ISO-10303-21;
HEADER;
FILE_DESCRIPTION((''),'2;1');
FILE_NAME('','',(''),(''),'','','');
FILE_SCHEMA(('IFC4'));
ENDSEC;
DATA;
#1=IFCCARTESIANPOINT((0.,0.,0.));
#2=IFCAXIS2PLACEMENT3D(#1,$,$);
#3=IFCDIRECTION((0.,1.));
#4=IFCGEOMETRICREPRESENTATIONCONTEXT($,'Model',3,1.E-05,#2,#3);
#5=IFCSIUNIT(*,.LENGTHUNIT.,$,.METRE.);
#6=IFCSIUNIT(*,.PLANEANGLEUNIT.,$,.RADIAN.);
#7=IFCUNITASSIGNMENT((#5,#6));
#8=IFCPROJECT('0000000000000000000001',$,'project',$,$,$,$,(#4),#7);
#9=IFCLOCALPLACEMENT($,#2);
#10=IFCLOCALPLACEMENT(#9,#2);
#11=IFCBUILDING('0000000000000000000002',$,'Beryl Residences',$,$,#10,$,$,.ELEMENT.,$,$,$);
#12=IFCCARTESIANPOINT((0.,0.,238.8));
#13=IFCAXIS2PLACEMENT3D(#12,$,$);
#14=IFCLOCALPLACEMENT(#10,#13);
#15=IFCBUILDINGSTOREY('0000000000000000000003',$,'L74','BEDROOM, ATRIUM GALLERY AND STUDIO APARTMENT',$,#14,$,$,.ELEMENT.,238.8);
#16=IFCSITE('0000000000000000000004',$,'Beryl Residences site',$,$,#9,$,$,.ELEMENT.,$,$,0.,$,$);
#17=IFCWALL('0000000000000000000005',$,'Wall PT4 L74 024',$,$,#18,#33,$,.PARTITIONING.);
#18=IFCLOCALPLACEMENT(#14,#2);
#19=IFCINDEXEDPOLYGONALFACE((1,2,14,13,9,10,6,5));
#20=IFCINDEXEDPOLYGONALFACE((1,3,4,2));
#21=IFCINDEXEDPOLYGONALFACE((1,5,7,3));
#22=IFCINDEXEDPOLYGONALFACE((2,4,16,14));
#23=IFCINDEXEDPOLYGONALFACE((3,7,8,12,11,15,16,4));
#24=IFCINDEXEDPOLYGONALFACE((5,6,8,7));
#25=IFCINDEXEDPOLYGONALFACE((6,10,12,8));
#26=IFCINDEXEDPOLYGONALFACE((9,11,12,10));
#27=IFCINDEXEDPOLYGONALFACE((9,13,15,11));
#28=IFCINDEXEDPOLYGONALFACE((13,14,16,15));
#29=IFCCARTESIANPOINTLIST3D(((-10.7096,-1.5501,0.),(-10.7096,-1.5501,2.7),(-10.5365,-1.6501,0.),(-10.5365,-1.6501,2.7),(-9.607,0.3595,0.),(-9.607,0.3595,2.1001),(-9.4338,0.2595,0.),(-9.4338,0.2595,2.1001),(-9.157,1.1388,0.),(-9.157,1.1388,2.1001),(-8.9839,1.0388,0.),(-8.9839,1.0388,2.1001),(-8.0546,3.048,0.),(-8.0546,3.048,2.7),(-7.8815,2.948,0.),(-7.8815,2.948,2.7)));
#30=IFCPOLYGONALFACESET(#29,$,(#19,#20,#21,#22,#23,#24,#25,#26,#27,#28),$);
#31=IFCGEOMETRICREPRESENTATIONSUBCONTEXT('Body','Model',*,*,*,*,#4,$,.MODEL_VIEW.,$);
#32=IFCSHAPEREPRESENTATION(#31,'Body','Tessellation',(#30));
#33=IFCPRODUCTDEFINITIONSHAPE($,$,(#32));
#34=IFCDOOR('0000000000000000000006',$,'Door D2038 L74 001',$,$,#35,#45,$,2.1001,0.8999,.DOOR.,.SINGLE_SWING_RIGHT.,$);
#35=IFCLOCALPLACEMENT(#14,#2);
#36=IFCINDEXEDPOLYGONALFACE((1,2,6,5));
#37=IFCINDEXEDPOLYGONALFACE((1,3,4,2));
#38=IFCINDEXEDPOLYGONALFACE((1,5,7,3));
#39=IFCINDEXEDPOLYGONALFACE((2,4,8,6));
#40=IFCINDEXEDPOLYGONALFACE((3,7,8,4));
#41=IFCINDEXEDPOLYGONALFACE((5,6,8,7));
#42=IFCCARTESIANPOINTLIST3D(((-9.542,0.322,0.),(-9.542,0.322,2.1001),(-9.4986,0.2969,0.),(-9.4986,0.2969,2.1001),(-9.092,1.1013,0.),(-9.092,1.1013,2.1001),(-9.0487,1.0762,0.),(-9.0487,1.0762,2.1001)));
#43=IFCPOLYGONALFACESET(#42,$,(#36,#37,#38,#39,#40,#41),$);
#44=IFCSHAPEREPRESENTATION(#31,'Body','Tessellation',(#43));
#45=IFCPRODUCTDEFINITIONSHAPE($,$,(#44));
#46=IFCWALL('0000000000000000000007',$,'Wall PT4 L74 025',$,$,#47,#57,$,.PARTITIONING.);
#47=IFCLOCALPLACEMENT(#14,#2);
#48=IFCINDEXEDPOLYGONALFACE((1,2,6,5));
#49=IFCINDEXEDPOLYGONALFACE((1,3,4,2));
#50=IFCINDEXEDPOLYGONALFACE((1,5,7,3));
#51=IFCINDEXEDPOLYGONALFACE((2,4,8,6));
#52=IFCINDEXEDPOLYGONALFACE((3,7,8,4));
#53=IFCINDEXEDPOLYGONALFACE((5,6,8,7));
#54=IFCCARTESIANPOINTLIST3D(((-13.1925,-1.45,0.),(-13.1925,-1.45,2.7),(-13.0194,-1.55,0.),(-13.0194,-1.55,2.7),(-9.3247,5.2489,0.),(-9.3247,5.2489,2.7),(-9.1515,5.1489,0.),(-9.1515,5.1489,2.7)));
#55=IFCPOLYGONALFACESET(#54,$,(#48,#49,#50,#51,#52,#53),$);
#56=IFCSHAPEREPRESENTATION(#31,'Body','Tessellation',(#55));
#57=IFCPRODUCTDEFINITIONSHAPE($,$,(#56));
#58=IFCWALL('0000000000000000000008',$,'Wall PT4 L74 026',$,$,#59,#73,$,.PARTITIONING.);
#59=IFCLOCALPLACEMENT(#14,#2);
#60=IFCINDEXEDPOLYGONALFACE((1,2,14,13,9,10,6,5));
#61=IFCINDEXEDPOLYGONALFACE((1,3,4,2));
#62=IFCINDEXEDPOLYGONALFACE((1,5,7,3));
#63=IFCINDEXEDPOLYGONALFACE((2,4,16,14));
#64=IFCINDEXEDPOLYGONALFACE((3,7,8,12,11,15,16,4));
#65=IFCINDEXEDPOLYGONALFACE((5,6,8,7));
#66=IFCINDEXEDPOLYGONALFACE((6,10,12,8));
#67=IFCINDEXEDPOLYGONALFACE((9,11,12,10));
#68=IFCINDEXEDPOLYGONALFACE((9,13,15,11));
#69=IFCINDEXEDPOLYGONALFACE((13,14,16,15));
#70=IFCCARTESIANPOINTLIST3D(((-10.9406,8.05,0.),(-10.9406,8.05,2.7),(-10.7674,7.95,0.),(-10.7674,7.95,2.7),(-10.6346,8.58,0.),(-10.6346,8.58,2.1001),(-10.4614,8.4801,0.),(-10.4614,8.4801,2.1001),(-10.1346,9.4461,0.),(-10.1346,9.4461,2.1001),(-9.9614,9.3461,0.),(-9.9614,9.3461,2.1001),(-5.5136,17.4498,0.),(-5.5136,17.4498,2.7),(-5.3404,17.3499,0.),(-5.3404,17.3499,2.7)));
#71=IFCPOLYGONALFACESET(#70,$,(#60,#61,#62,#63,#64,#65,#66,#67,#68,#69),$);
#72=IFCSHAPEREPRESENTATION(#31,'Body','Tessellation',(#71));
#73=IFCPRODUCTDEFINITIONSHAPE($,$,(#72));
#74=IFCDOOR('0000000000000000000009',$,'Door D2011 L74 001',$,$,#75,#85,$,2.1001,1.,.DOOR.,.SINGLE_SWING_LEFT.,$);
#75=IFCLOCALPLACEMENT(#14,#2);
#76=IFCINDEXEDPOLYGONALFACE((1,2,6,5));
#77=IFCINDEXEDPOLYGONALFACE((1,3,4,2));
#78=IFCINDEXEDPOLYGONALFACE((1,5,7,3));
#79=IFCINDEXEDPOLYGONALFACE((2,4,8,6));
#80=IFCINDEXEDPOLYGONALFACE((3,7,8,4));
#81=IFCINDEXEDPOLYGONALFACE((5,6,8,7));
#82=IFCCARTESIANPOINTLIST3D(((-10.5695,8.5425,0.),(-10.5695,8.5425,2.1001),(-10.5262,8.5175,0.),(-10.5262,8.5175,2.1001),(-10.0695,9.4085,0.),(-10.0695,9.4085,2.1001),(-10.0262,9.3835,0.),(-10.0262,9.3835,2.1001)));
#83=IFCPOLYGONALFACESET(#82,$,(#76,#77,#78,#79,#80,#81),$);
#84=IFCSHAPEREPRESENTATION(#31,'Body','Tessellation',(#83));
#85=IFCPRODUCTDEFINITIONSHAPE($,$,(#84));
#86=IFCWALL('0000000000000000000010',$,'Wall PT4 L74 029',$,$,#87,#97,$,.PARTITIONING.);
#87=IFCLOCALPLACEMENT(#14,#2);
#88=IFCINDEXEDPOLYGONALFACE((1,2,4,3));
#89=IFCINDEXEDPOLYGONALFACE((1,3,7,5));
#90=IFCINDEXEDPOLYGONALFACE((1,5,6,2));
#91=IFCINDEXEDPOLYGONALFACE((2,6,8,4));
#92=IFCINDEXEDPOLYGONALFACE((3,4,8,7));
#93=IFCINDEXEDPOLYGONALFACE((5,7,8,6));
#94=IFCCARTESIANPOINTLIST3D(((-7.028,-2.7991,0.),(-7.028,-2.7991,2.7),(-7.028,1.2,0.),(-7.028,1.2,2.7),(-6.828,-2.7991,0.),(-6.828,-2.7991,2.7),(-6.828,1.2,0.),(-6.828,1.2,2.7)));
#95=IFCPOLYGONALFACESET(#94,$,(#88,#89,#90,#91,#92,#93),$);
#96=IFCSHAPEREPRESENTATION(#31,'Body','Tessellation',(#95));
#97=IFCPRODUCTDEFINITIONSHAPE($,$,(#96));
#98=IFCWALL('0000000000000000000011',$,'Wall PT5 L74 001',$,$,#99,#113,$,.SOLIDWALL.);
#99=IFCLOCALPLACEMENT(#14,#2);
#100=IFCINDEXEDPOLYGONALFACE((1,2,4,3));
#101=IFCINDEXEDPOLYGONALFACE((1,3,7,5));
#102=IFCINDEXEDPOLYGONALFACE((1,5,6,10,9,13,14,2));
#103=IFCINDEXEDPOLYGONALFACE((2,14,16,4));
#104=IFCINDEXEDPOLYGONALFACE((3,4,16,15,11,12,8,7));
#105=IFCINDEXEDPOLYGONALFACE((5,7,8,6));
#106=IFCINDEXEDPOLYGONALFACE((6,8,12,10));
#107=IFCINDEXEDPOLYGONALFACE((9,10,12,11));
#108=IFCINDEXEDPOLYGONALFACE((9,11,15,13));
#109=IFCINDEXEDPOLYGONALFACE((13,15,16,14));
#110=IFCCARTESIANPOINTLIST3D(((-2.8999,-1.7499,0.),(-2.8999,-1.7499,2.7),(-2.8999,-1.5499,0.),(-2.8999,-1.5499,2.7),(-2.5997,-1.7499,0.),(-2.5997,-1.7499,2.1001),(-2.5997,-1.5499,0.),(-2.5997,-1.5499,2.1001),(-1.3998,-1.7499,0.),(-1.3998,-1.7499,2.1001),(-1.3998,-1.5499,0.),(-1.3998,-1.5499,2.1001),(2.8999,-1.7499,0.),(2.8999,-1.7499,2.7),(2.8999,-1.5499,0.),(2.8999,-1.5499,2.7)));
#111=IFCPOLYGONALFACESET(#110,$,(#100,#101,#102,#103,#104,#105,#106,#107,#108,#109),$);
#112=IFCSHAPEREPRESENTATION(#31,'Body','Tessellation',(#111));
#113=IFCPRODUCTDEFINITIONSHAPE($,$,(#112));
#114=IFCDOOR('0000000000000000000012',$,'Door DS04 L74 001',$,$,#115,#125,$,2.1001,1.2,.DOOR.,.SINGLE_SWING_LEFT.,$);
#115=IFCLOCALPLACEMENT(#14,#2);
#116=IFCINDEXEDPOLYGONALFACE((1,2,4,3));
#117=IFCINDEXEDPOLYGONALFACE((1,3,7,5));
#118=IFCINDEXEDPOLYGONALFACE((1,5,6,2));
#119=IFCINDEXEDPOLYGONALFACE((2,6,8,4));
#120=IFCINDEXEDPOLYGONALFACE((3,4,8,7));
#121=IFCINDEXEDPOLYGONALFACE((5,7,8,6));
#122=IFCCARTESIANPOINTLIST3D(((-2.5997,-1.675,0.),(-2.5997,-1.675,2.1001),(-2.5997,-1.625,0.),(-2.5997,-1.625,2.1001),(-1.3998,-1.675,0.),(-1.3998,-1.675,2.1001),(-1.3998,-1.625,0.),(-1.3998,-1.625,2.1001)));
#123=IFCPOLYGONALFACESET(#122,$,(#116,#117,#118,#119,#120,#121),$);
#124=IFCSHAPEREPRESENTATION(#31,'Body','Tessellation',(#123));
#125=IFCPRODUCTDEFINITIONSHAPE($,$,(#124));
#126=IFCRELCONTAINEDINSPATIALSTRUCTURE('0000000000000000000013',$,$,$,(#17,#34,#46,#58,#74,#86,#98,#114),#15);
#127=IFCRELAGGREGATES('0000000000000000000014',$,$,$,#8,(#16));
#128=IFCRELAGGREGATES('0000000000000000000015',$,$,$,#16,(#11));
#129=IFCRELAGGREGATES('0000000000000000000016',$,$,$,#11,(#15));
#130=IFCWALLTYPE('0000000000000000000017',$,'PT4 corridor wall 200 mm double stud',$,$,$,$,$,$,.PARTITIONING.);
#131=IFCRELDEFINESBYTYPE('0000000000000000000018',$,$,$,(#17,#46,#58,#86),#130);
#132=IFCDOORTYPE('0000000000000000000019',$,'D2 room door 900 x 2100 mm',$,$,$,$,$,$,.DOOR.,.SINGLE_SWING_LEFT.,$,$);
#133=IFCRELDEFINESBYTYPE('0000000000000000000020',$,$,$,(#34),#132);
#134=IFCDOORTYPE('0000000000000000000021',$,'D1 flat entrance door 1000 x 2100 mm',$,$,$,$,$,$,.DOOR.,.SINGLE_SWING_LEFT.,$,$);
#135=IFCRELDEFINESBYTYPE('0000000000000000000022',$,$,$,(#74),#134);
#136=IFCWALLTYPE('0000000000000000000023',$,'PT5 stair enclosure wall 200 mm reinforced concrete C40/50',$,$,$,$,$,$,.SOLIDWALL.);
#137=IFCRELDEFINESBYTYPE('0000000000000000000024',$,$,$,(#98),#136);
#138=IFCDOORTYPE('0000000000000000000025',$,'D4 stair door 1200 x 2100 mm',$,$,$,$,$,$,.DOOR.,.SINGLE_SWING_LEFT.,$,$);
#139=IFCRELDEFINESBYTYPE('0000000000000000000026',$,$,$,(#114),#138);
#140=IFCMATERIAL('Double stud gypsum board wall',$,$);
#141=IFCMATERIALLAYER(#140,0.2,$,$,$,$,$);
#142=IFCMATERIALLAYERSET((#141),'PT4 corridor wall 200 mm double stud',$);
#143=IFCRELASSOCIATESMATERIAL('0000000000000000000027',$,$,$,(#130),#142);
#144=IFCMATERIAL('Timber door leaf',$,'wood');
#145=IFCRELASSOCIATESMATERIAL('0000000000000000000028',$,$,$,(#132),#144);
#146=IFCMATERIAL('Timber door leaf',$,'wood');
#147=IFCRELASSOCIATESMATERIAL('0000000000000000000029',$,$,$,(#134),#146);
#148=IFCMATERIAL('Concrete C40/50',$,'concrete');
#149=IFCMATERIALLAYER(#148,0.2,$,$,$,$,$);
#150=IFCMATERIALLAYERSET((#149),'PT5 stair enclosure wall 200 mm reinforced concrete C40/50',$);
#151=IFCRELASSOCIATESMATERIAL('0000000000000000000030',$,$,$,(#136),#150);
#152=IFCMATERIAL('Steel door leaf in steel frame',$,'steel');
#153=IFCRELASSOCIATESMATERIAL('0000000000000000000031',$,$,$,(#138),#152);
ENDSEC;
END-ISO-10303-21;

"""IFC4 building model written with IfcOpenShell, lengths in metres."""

from ifc_helpers import new_model, si_unit, direction, frame, frame_2d, origin, place, context, subcontext, project, spatial, rectangle, extrude, material, layer, layer_set, type_object, element, fill, save


model = new_model("IFC4")

# Units and contexts
model_context = context("Model", 3, precision=1e-05, world=origin(), true_north=direction((0.0, 1.0)))
body_context = subcontext(model_context, "Body", "Model", "MODEL_VIEW")
ifc_project = project(units=[si_unit("LENGTHUNIT", "METRE"), si_unit("PLANEANGLEUNIT", "RADIAN")], contexts=[model_context])

# Site, building, storey
site_placement = place(None, origin())
site = spatial("IfcSite", under=ifc_project, at=site_placement, Name="Beryl Residences site", CompositionType="ELEMENT", RefElevation=0.0)
building_placement = place(site_placement, origin())
building = spatial("IfcBuilding", under=site, at=building_placement, Name="Beryl Residences", CompositionType="ELEMENT")
storey_placement = place(building_placement, frame((0.0, 0.0, 238.8)))
storey = spatial("IfcBuildingStorey", under=building, at=storey_placement, Name="L74", Description="BEDROOM, ATRIUM GALLERY AND STUDIO APARTMENT", CompositionType="ELEMENT", Elevation=238.8)

# Shared definitions
ifc_material_1 = material(Name="Double stud gypsum board wall")
ifc_layer_1 = layer(ifc_material_1, 0.2)
ifc_layer_set_1 = layer_set([ifc_layer_1], Name="PT4 corridor wall 200 mm double stud")
wall_type_1 = type_object("IfcWallType", Name="PT4 corridor wall 200 mm double stud", PredefinedType="PARTITIONING", material=ifc_layer_set_1)

# Wall, opening, door
wall_1_placement = place(storey_placement, frame((-10.623, -1.6001, 0.0), z_axis=(0.0, 0.0, 1.0), x_axis=(0.500041, 0.866002, 0.0)))
wall_1 = element("IfcWall", 1, at=wall_1_placement, inside=storey, type_object=wall_type_1, Name="Wall PT4 L74 024", PredefinedType="PARTITIONING", context=body_context, shape_type="SweptSolid", body=[
    extrude(rectangle(XDim=5.3096, YDim=0.2, at=frame_2d((2.6548, 0.0))), origin(), (0.0, 0.0, 1.0), 2.7),
])
opening_1_placement = place(wall_1_placement, frame((2.2051, 0.0, 0.0)))
opening_1 = element("IfcOpeningElement", 2, at=opening_1_placement, cuts=wall_1, PredefinedType="OPENING", context=body_context, shape_type="SweptSolid", body=[
    extrude(rectangle(XDim=0.8999, YDim=2.1001, at=frame_2d((0.45, 1.05))), frame((0.0, 0.1099, 0.0), z_axis=(0.0, -1.0, 0.0), x_axis=(1.0, 0.0, 0.0)), (0.0, 0.0, 1.0), 0.22),
])
ifc_material_2 = material(Name="Timber door leaf", Category="wood")
door_type_1 = type_object("IfcDoorType", Name="D2 room door 900 x 2100 mm", OperationType="SINGLE_SWING_LEFT", PredefinedType="DOOR", material=ifc_material_2)
door_1_placement = place(opening_1_placement, origin())
door_1 = element("IfcDoor", 3, at=door_1_placement, inside=storey, type_object=door_type_1, Name="Door D2038 L74 001", OperationType="SINGLE_SWING_RIGHT", OverallHeight=2.1001, OverallWidth=0.8999, PredefinedType="DOOR", context=body_context, shape_type="SweptSolid", body=[
    extrude(rectangle(XDim=0.8999, YDim=2.1001, at=frame_2d((0.45, 1.05))), frame((0.0, 0.0249, 0.0), z_axis=(0.0, -1.0, 0.0), x_axis=(1.0, 0.0, 0.0)), (0.0, 0.0, 1.0), 0.05),
])
fill(opening_1, door_1)

# Wall
wall_2_placement = place(storey_placement, frame((-13.106, -1.5, 0.0), z_axis=(0.0, 0.0, 1.0), x_axis=(0.500026, 0.866011, 0.0)))
element("IfcWall", 4, at=wall_2_placement, inside=storey, type_object=wall_type_1, Name="Wall PT4 L74 025", PredefinedType="PARTITIONING", context=body_context, shape_type="SweptSolid", body=[
    extrude(rectangle(XDim=7.7354, YDim=0.2, at=frame_2d((3.8677, 0.0))), origin(), (0.0, 0.0, 1.0), 2.7),
])

# Wall, opening, door
wall_3_placement = place(storey_placement, frame((-10.854, 8.0, 0.0), z_axis=(0.0, 0.0, 1.0), x_axis=(0.499998, 0.866027, 0.0)))
wall_3 = element("IfcWall", 5, at=wall_3_placement, inside=storey, type_object=wall_type_1, Name="Wall PT4 L74 026", PredefinedType="PARTITIONING", context=body_context, shape_type="SweptSolid", body=[
    extrude(rectangle(XDim=10.854, YDim=0.2, at=frame_2d((5.427, 0.0))), origin(), (0.0, 0.0, 1.0), 2.7),
])
opening_2_placement = place(wall_3_placement, frame((0.6121, 0.0, 0.0)))
opening_2 = element("IfcOpeningElement", 6, at=opening_2_placement, cuts=wall_3, PredefinedType="OPENING", context=body_context, shape_type="SweptSolid", body=[
    extrude(rectangle(XDim=1.0, YDim=2.1001, at=frame_2d((0.5, 1.05))), frame((0.0, 0.1099, 0.0), z_axis=(0.0, -1.0, 0.0), x_axis=(1.0, 0.0, 0.0)), (0.0, 0.0, 1.0), 0.22),
])
ifc_material_3 = material(Name="Timber door leaf", Category="wood")
door_type_2 = type_object("IfcDoorType", Name="D1 flat entrance door 1000 x 2100 mm", OperationType="SINGLE_SWING_LEFT", PredefinedType="DOOR", material=ifc_material_3)
door_2_placement = place(opening_2_placement, origin())
door_2 = element("IfcDoor", 7, at=door_2_placement, inside=storey, type_object=door_type_2, Name="Door D2011 L74 001", OperationType="SINGLE_SWING_LEFT", OverallHeight=2.1001, OverallWidth=1.0, PredefinedType="DOOR", context=body_context, shape_type="SweptSolid", body=[
    extrude(rectangle(XDim=1.0, YDim=2.1001, at=frame_2d((0.5, 1.05))), frame((0.0, 0.0249, 0.0), z_axis=(0.0, -1.0, 0.0), x_axis=(1.0, 0.0, 0.0)), (0.0, 0.0, 1.0), 0.05),
])
fill(opening_2, door_2)

# Wall
wall_4_placement = place(storey_placement, frame((-6.928, -2.7991, 0.0), z_axis=(0.0, 0.0, 1.0), x_axis=(0.0, 1.0, 0.0)))
element("IfcWall", 8, at=wall_4_placement, inside=storey, type_object=wall_type_1, Name="Wall PT4 L74 029", PredefinedType="PARTITIONING", context=body_context, shape_type="SweptSolid", body=[
    extrude(rectangle(XDim=3.999, YDim=0.2, at=frame_2d((1.9995, 0.0))), origin(), (0.0, 0.0, 1.0), 2.7),
])

# Wall, opening, door
ifc_material_4 = material(Name="Concrete C40/50", Category="concrete")
ifc_layer_2 = layer(ifc_material_4, 0.2)
ifc_layer_set_2 = layer_set([ifc_layer_2], Name="PT5 stair enclosure wall 200 mm reinforced concrete C40/50")
wall_type_2 = type_object("IfcWallType", Name="PT5 stair enclosure wall 200 mm reinforced concrete C40/50", PredefinedType="SOLIDWALL", material=ifc_layer_set_2)
wall_5_placement = place(storey_placement, frame((-2.8999, -1.6499, 0.0), z_axis=(0.0, 0.0, 1.0), x_axis=(1.0, 0.0, 0.0)))
wall_5 = element("IfcWall", 9, at=wall_5_placement, inside=storey, type_object=wall_type_2, Name="Wall PT5 L74 001", PredefinedType="SOLIDWALL", context=body_context, shape_type="SweptSolid", body=[
    extrude(rectangle(XDim=5.7998, YDim=0.2, at=frame_2d((2.8999, 0.0))), origin(), (0.0, 0.0, 1.0), 2.7),
])
opening_3_placement = place(wall_5_placement, frame((0.3, 0.0, 0.0)))
opening_3 = element("IfcOpeningElement", 10, at=opening_3_placement, cuts=wall_5, PredefinedType="OPENING", context=body_context, shape_type="SweptSolid", body=[
    extrude(rectangle(XDim=1.2, YDim=2.1001, at=frame_2d((0.6001, 1.05))), frame((0.0, 0.1099, 0.0), z_axis=(0.0, -1.0, 0.0), x_axis=(1.0, 0.0, 0.0)), (0.0, 0.0, 1.0), 0.22),
])
ifc_material_5 = material(Name="Steel door leaf in steel frame", Category="steel")
door_type_3 = type_object("IfcDoorType", Name="D4 stair door 1200 x 2100 mm", OperationType="SINGLE_SWING_LEFT", PredefinedType="DOOR", material=ifc_material_5)
door_3_placement = place(opening_3_placement, origin())
door_3 = element("IfcDoor", 11, at=door_3_placement, inside=storey, type_object=door_type_3, Name="Door DS04 L74 001", OperationType="SINGLE_SWING_LEFT", OverallHeight=2.1001, OverallWidth=1.2, PredefinedType="DOOR", context=body_context, shape_type="SweptSolid", body=[
    extrude(rectangle(XDim=1.2, YDim=2.1001, at=frame_2d((0.6001, 1.05))), frame((0.0, 0.0249, 0.0), z_axis=(0.0, -1.0, 0.0), x_axis=(1.0, 0.0, 0.0)), (0.0, 0.0, 1.0), 0.05),
])
fill(opening_3, door_3)

save(model, "model.ifc")
